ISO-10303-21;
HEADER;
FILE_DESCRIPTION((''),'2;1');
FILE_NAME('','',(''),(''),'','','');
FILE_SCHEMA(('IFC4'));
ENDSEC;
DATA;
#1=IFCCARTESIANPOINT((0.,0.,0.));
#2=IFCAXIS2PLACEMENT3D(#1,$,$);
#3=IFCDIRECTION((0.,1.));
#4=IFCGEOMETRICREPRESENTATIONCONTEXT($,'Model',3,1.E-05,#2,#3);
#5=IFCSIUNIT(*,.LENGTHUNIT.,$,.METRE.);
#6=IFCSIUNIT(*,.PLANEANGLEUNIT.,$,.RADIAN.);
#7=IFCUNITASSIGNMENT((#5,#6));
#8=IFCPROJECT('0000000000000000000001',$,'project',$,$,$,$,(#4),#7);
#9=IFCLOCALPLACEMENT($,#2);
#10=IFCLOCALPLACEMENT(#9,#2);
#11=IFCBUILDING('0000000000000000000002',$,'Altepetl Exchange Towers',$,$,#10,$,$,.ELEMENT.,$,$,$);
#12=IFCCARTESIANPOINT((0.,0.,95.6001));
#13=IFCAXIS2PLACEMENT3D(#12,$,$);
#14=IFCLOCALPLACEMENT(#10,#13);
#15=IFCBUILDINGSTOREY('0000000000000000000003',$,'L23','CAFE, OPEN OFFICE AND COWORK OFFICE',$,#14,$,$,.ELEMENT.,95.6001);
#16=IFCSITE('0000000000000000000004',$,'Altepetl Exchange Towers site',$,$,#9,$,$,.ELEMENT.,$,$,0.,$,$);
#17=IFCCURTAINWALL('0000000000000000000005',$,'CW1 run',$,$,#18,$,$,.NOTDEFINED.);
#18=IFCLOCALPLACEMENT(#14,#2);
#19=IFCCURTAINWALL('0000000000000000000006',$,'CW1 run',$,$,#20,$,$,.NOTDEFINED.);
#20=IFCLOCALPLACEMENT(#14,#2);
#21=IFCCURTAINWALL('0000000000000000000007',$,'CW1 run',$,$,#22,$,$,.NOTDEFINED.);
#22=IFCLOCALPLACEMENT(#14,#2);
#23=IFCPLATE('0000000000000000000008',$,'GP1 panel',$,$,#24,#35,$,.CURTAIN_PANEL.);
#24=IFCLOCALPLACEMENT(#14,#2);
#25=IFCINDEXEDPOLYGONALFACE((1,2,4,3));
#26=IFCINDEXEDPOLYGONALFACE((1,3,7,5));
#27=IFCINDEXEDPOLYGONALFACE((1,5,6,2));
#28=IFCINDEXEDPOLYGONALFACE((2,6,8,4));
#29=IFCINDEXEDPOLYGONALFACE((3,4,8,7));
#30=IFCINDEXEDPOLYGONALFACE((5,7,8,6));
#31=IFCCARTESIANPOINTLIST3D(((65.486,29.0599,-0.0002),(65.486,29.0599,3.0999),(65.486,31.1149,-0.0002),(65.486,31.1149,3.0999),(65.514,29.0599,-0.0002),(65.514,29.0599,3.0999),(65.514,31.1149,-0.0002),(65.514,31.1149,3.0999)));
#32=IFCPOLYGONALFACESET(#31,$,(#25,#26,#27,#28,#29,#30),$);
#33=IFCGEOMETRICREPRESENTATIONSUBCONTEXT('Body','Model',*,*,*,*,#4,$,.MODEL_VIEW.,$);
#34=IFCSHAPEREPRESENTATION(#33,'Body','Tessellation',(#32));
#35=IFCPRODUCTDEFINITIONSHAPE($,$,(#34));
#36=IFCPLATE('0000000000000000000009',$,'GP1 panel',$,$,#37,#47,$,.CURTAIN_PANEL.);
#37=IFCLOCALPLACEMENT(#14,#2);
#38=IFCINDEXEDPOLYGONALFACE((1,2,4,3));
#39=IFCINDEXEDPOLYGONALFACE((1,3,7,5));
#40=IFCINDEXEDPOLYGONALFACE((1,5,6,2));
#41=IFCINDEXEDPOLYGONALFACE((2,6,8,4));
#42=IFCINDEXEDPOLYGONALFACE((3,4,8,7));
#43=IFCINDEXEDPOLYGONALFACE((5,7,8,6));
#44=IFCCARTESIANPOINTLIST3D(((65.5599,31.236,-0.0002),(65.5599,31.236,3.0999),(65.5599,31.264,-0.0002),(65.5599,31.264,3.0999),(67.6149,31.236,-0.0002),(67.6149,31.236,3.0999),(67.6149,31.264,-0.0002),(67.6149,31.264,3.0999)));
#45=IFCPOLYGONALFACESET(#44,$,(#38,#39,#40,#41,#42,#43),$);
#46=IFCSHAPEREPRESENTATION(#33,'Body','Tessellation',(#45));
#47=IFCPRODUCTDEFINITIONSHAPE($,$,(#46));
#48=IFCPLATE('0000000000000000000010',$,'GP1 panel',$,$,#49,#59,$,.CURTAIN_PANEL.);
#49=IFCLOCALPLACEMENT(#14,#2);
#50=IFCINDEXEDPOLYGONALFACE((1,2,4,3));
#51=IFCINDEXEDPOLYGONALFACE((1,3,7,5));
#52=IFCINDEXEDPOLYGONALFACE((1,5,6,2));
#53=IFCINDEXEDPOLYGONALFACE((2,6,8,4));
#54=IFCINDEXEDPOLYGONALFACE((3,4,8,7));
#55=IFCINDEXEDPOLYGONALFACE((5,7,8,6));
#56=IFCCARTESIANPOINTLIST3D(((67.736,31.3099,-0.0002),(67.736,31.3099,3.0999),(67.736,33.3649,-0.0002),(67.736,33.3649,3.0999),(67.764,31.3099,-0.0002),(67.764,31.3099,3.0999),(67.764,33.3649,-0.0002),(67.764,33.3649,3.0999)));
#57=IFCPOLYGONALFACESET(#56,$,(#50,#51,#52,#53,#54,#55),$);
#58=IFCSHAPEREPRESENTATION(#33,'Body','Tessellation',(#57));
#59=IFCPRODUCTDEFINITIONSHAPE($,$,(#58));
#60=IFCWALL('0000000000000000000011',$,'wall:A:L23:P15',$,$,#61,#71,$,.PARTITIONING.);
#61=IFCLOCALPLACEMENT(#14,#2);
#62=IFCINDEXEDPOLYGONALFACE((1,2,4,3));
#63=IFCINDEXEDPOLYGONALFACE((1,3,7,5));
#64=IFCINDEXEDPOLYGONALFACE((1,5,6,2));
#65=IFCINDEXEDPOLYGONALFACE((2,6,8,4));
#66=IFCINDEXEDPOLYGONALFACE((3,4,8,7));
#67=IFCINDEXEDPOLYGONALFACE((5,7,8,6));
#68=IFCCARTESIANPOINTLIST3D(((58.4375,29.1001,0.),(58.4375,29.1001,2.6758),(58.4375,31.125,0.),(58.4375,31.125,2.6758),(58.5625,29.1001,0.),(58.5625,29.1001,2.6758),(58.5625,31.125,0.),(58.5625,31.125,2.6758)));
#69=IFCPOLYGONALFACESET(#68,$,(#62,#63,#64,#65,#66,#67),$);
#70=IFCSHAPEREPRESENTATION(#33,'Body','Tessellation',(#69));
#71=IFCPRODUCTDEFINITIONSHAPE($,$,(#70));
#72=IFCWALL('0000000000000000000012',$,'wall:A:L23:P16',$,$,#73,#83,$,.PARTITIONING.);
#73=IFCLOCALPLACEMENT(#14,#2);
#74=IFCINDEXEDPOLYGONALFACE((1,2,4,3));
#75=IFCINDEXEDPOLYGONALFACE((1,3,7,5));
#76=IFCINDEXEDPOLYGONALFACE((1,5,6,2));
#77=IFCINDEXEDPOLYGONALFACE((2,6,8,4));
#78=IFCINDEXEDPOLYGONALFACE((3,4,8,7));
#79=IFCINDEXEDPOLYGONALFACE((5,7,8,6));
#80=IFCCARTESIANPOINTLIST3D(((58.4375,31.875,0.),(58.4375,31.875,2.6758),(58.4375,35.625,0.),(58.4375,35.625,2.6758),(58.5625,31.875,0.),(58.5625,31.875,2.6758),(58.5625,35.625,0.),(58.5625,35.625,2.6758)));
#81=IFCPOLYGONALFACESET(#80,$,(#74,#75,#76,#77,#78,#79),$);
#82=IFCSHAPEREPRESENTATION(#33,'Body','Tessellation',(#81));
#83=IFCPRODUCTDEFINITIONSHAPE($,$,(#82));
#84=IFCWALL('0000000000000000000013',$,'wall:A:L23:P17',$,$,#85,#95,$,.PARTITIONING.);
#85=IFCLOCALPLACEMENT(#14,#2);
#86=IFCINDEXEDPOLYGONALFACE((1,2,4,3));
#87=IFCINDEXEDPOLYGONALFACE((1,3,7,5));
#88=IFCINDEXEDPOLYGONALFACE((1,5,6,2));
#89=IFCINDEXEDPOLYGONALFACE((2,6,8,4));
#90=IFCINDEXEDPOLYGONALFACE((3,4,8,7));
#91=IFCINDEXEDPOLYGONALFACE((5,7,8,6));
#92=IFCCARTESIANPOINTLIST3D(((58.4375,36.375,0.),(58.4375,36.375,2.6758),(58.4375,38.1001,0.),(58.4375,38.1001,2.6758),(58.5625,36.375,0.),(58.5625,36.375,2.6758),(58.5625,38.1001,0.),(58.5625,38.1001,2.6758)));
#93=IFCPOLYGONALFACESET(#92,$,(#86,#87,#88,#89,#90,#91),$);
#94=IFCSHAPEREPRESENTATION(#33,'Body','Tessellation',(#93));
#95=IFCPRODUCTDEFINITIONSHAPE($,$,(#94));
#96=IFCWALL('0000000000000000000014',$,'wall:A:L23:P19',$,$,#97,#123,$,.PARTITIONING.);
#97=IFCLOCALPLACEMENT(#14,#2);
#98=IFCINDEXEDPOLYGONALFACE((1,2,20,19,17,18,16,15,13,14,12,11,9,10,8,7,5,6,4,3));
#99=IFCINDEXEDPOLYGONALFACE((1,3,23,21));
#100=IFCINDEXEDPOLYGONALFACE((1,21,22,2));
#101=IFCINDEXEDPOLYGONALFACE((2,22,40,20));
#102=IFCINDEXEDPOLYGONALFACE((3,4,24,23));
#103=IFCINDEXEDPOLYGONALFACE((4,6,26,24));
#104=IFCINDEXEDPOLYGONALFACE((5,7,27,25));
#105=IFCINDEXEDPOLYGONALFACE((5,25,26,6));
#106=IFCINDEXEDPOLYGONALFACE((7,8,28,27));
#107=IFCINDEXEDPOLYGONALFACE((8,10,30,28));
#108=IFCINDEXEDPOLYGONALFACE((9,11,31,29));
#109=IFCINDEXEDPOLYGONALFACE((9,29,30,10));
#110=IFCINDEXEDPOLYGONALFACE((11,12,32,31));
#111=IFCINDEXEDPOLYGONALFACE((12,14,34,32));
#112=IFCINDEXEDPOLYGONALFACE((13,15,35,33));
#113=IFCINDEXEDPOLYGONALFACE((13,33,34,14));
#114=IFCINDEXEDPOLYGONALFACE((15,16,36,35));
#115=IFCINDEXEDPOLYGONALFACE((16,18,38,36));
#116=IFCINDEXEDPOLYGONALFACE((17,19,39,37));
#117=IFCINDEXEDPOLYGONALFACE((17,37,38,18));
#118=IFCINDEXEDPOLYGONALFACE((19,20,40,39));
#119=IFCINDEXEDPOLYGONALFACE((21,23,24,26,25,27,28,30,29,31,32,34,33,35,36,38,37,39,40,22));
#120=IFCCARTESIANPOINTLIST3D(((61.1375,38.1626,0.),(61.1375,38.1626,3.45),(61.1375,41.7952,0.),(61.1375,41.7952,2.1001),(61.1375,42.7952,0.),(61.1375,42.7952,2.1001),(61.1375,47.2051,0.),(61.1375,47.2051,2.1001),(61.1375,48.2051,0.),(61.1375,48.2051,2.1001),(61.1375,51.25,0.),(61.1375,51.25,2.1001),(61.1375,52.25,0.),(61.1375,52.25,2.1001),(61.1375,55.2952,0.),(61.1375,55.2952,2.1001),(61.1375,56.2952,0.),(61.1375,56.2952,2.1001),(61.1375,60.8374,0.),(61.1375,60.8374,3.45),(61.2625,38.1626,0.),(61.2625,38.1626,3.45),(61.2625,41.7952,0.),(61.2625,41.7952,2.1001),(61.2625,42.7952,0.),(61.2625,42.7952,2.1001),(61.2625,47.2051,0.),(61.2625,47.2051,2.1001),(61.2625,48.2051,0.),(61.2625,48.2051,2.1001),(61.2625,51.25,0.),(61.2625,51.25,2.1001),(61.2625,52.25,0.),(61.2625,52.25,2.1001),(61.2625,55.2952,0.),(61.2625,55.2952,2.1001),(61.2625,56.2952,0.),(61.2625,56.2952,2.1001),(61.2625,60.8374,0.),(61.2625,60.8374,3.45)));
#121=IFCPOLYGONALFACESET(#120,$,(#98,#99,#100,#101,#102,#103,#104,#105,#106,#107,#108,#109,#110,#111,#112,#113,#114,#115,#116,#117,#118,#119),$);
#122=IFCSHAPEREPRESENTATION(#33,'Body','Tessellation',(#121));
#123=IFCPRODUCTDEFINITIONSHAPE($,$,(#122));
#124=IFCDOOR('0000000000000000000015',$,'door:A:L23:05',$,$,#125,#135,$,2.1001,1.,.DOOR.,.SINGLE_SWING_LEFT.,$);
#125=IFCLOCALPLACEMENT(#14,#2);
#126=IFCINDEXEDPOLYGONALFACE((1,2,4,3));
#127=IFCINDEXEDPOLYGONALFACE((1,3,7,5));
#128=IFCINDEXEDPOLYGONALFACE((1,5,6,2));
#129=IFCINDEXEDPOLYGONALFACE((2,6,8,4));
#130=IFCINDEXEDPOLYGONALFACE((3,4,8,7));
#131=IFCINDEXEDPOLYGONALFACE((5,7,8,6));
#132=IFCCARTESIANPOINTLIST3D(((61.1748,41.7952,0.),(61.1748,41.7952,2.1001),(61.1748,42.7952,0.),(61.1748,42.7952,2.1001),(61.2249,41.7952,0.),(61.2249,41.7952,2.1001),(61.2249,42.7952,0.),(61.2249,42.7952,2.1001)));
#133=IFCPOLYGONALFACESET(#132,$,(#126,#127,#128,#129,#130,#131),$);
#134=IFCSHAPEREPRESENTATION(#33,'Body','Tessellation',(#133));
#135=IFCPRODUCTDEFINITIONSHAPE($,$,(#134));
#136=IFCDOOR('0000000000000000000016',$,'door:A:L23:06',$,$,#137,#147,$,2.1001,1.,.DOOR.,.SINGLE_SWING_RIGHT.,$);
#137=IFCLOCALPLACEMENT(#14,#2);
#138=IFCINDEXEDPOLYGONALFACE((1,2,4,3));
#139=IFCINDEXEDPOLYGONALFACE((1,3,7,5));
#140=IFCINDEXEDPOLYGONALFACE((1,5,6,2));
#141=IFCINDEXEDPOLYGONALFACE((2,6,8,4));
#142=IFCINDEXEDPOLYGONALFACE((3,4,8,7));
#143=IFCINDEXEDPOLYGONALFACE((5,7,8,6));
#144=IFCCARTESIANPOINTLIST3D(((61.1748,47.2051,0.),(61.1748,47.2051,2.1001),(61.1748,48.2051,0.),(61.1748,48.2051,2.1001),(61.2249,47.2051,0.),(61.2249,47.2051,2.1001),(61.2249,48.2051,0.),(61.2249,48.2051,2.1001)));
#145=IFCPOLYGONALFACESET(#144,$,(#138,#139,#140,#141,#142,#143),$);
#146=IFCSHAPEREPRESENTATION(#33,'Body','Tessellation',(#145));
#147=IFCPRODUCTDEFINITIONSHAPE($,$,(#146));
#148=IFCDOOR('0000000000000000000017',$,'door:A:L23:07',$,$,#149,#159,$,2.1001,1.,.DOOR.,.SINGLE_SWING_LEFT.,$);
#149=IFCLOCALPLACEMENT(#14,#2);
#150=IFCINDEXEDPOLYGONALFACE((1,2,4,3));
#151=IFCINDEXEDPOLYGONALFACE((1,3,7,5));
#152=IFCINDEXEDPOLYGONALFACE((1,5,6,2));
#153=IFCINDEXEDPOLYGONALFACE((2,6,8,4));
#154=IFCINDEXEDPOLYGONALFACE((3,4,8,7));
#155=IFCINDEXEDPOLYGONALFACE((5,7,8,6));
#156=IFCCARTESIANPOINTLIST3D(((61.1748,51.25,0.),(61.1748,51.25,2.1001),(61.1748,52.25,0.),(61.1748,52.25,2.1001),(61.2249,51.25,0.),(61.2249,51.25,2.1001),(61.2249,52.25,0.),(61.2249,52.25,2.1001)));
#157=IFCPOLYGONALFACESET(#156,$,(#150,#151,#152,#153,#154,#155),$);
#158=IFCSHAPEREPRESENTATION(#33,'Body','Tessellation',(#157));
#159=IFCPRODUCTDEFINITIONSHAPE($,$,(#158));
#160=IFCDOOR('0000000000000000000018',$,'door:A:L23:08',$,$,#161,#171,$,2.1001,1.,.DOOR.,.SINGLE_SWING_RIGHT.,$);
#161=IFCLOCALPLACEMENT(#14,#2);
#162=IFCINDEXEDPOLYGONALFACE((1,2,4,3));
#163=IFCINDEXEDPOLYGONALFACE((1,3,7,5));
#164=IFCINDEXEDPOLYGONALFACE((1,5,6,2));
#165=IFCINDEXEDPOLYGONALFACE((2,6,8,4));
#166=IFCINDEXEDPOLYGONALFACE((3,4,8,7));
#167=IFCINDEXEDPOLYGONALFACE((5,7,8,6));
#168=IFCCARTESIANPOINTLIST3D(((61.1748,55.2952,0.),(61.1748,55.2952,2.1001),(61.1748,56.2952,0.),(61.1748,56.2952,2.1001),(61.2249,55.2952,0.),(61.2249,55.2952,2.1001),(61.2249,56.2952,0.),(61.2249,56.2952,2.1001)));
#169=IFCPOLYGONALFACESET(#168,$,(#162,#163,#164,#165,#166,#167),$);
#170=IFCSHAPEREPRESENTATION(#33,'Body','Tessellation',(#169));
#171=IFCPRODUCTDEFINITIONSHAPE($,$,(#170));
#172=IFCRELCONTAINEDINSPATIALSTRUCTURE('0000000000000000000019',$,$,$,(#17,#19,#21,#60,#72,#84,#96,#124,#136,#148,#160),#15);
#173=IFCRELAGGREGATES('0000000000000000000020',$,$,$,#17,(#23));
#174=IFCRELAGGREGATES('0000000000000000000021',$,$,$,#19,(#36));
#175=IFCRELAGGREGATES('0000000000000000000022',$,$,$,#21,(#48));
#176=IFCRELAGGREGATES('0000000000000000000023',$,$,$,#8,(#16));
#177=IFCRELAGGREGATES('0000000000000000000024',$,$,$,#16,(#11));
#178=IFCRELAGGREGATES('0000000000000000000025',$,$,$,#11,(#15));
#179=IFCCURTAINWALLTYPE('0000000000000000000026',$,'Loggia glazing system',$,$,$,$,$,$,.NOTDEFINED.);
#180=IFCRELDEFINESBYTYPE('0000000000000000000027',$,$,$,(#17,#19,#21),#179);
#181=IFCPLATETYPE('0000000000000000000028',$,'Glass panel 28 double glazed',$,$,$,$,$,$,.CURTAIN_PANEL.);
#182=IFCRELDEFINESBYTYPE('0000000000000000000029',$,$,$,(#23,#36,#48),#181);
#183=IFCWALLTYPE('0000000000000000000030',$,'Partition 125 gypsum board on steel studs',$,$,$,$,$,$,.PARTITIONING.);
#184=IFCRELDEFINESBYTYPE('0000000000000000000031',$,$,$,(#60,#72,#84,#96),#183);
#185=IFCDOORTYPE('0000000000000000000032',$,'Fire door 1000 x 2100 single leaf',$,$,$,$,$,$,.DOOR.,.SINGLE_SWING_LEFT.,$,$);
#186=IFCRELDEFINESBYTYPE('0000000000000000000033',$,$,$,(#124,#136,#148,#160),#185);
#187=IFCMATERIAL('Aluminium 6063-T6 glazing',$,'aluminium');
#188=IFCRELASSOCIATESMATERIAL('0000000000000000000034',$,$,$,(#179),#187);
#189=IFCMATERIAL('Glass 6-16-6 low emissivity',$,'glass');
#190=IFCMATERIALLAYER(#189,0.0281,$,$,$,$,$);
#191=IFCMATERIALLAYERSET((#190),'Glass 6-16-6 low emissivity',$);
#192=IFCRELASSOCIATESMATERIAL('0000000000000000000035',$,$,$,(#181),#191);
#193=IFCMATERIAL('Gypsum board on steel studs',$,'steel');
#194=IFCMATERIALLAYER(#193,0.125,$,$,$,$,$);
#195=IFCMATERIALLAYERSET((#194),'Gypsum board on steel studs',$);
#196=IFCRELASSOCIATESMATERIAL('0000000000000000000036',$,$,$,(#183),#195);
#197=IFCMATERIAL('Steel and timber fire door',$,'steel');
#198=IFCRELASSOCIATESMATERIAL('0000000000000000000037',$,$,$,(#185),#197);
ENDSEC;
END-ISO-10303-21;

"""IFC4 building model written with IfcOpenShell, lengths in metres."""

from ifc_helpers import new_model, si_unit, direction, frame, frame_2d, origin, origin_2d, place, context, subcontext, project, spatial, rectangle, extrude, material, layer, layer_set, type_object, element, fill, aggregate, save


model = new_model("IFC4")

# Units and contexts
model_context = context("Model", 3, precision=1e-05, world=origin(), true_north=direction((0.0, 1.0)))
body_context = subcontext(model_context, "Body", "Model", "MODEL_VIEW")
ifc_project = project(units=[si_unit("LENGTHUNIT", "METRE"), si_unit("PLANEANGLEUNIT", "RADIAN")], contexts=[model_context])

# Site, building, storey
site_placement = place(None, origin())
site = spatial("IfcSite", under=ifc_project, at=site_placement, Name="Altepetl Exchange Towers site", CompositionType="ELEMENT", RefElevation=0.0)
building_placement = place(site_placement, origin())
building = spatial("IfcBuilding", under=site, at=building_placement, Name="Altepetl Exchange Towers", CompositionType="ELEMENT")
storey_placement = place(building_placement, frame((0.0, 0.0, 95.6001)))
storey = spatial("IfcBuildingStorey", under=building, at=storey_placement, Name="L23", Description="CAFE, OPEN OFFICE AND COWORK OFFICE", CompositionType="ELEMENT", Elevation=95.6001)

# Curtain walls
ifc_material_1 = material(Name="Aluminium 6063-T6 glazing", Category="aluminium")
curtain_wall_type = type_object("IfcCurtainWallType", Name="Loggia glazing system", PredefinedType="NOTDEFINED", material=ifc_material_1)
curtain_wall_1_placement = place(storey_placement, origin())
curtain_wall_1 = element("IfcCurtainWall", 1, at=curtain_wall_1_placement, inside=storey, type_object=curtain_wall_type, Name="CW1 run", PredefinedType="NOTDEFINED")
curtain_wall_2_placement = place(storey_placement, origin())
curtain_wall_2 = element("IfcCurtainWall", 2, at=curtain_wall_2_placement, inside=storey, type_object=curtain_wall_type, Name="CW1 run", PredefinedType="NOTDEFINED")
curtain_wall_3_placement = place(storey_placement, origin())
curtain_wall_3 = element("IfcCurtainWall", 3, at=curtain_wall_3_placement, inside=storey, type_object=curtain_wall_type, Name="CW1 run", PredefinedType="NOTDEFINED")

# Plates
ifc_material_2 = material(Name="Glass 6-16-6 low emissivity", Category="glass")
ifc_layer_1 = layer(ifc_material_2, 0.0281)
ifc_layer_set_1 = layer_set([ifc_layer_1], Name="Glass 6-16-6 low emissivity")
plate_type = type_object("IfcPlateType", Name="Glass panel 28 double glazed", PredefinedType="CURTAIN_PANEL", material=ifc_layer_set_1)
plate_1_placement = place(storey_placement, frame((65.5, 30.0874, -0.0002), z_axis=(0.0, 0.0, 1.0), x_axis=(0.0, 1.0, 0.0)))
plate_1 = element("IfcPlate", 4, at=plate_1_placement, type_object=plate_type, Name="GP1 panel", PredefinedType="CURTAIN_PANEL", context=body_context, shape_type="SweptSolid", body=[
    extrude(rectangle(XDim=2.0549, YDim=0.0281, at=origin_2d()), origin(), (0.0, 0.0, 1.0), 3.1001),
])
aggregate(curtain_wall_1, [plate_1])
plate_2_placement = place(storey_placement, frame((66.5874, 31.25, -0.0002)))
plate_2 = element("IfcPlate", 5, at=plate_2_placement, type_object=plate_type, Name="GP1 panel", PredefinedType="CURTAIN_PANEL", context=body_context, shape_type="SweptSolid", body=[
    extrude(rectangle(XDim=2.0549, YDim=0.0281, at=origin_2d()), origin(), (0.0, 0.0, 1.0), 3.1001),
])
aggregate(curtain_wall_2, [plate_2])
plate_3_placement = place(storey_placement, frame((67.75, 32.3374, -0.0002), z_axis=(0.0, 0.0, 1.0), x_axis=(0.0, 1.0, 0.0)))
plate_3 = element("IfcPlate", 6, at=plate_3_placement, type_object=plate_type, Name="GP1 panel", PredefinedType="CURTAIN_PANEL", context=body_context, shape_type="SweptSolid", body=[
    extrude(rectangle(XDim=2.0549, YDim=0.0281, at=origin_2d()), origin(), (0.0, 0.0, 1.0), 3.1001),
])
aggregate(curtain_wall_3, [plate_3])

# Walls
ifc_material_3 = material(Name="Gypsum board on steel studs", Category="steel")
ifc_layer_2 = layer(ifc_material_3, 0.125)
ifc_layer_set_2 = layer_set([ifc_layer_2], Name="Gypsum board on steel studs")
wall_type = type_object("IfcWallType", Name="Partition 125 gypsum board on steel studs", PredefinedType="PARTITIONING", material=ifc_layer_set_2)
wall_1_placement = place(storey_placement, frame((58.5, 29.1001, 0.0), z_axis=(0.0, 0.0, 1.0), x_axis=(0.0, 1.0, 0.0)))
element("IfcWall", 7, at=wall_1_placement, inside=storey, type_object=wall_type, Name="wall:A:L23:P15", PredefinedType="PARTITIONING", context=body_context, shape_type="SweptSolid", body=[
    extrude(rectangle(XDim=2.0249, YDim=0.125, at=frame_2d((1.0125, 0.0))), origin(), (0.0, 0.0, 1.0), 2.6758),
])
wall_2_placement = place(storey_placement, frame((58.5, 31.875, 0.0), z_axis=(0.0, 0.0, 1.0), x_axis=(0.0, 1.0, 0.0)))
element("IfcWall", 8, at=wall_2_placement, inside=storey, type_object=wall_type, Name="wall:A:L23:P16", PredefinedType="PARTITIONING", context=body_context, shape_type="SweptSolid", body=[
    extrude(rectangle(XDim=3.75, YDim=0.125, at=frame_2d((1.875, 0.0))), origin(), (0.0, 0.0, 1.0), 2.6758),
])
wall_3_placement = place(storey_placement, frame((58.5, 36.375, 0.0), z_axis=(0.0, 0.0, 1.0), x_axis=(0.0, 1.0, 0.0)))
element("IfcWall", 9, at=wall_3_placement, inside=storey, type_object=wall_type, Name="wall:A:L23:P17", PredefinedType="PARTITIONING", context=body_context, shape_type="SweptSolid", body=[
    extrude(rectangle(XDim=1.7251, YDim=0.125, at=frame_2d((0.8625, 0.0))), origin(), (0.0, 0.0, 1.0), 2.6758),
])

# Wall, openings, doors
wall_4_placement = place(storey_placement, frame((61.2, 38.1626, 0.0), z_axis=(0.0, 0.0, 1.0), x_axis=(0.0, 1.0, 0.0)))
wall_4 = element("IfcWall", 10, at=wall_4_placement, inside=storey, type_object=wall_type, Name="wall:A:L23:P19", PredefinedType="PARTITIONING", context=body_context, shape_type="SweptSolid", body=[
    extrude(rectangle(XDim=22.6748, YDim=0.125, at=frame_2d((11.3374, 0.0))), origin(), (0.0, 0.0, 1.0), 3.45),
])
opening_1_placement = place(wall_4_placement, frame((3.6326, 0.0, 0.0)))
opening_1 = element("IfcOpeningElement", 11, at=opening_1_placement, cuts=wall_4, PredefinedType="OPENING", context=body_context, shape_type="SweptSolid", body=[
    extrude(rectangle(XDim=1.0, YDim=2.1001, at=frame_2d((0.5, 1.05))), frame((0.0, 0.0725, 0.0), z_axis=(0.0, -1.0, 0.0), x_axis=(1.0, 0.0, 0.0)), (0.0, 0.0, 1.0), 0.145),
])
opening_2_placement = place(wall_4_placement, frame((9.0425, 0.0, 0.0)))
opening_2 = element("IfcOpeningElement", 12, at=opening_2_placement, cuts=wall_4, PredefinedType="OPENING", context=body_context, shape_type="SweptSolid", body=[
    extrude(rectangle(XDim=1.0, YDim=2.1001, at=frame_2d((0.5, 1.05))), frame((0.0, 0.0725, 0.0), z_axis=(0.0, -1.0, 0.0), x_axis=(1.0, 0.0, 0.0)), (0.0, 0.0, 1.0), 0.145),
])
opening_3_placement = place(wall_4_placement, frame((13.0874, 0.0, 0.0)))
opening_3 = element("IfcOpeningElement", 13, at=opening_3_placement, cuts=wall_4, PredefinedType="OPENING", context=body_context, shape_type="SweptSolid", body=[
    extrude(rectangle(XDim=1.0, YDim=2.1001, at=frame_2d((0.5, 1.05))), frame((0.0, 0.0725, 0.0), z_axis=(0.0, -1.0, 0.0), x_axis=(1.0, 0.0, 0.0)), (0.0, 0.0, 1.0), 0.145),
])
opening_4_placement = place(wall_4_placement, frame((17.1326, 0.0, 0.0)))
opening_4 = element("IfcOpeningElement", 14, at=opening_4_placement, cuts=wall_4, PredefinedType="OPENING", context=body_context, shape_type="SweptSolid", body=[
    extrude(rectangle(XDim=1.0, YDim=2.1001, at=frame_2d((0.5, 1.05))), frame((0.0, 0.0725, 0.0), z_axis=(0.0, -1.0, 0.0), x_axis=(1.0, 0.0, 0.0)), (0.0, 0.0, 1.0), 0.145),
])
ifc_material_4 = material(Name="Steel and timber fire door", Category="steel")
door_type = type_object("IfcDoorType", Name="Fire door 1000 x 2100 single leaf", OperationType="SINGLE_SWING_LEFT", PredefinedType="DOOR", material=ifc_material_4)
door_1_placement = place(opening_1_placement, frame((1.0, 0.0, 0.0), x_axis=(-1.0, 0.0, 0.0)))
door_1 = element("IfcDoor", 15, at=door_1_placement, inside=storey, type_object=door_type, Name="door:A:L23:05", OperationType="SINGLE_SWING_LEFT", OverallHeight=2.1001, OverallWidth=1.0, PredefinedType="DOOR", context=body_context, shape_type="SweptSolid", body=[
    extrude(rectangle(XDim=1.0, YDim=2.1001, at=frame_2d((0.5, 1.05))), frame((0.0, 0.0249, 0.0), z_axis=(0.0, -1.0, 0.0), x_axis=(1.0, 0.0, 0.0)), (0.0, 0.0, 1.0), 0.05),
])
fill(opening_1, door_1)
door_2_placement = place(opening_2_placement, frame((1.0, 0.0, 0.0), x_axis=(-1.0, 0.0, 0.0)))
door_2 = element("IfcDoor", 16, at=door_2_placement, inside=storey, type_object=door_type, Name="door:A:L23:06", OperationType="SINGLE_SWING_RIGHT", OverallHeight=2.1001, OverallWidth=1.0, PredefinedType="DOOR", context=body_context, shape_type="SweptSolid", body=[
    extrude(rectangle(XDim=1.0, YDim=2.1001, at=frame_2d((0.5, 1.05))), frame((0.0, 0.0249, 0.0), z_axis=(0.0, -1.0, 0.0), x_axis=(1.0, 0.0, 0.0)), (0.0, 0.0, 1.0), 0.05),
])
fill(opening_2, door_2)
door_3_placement = place(opening_3_placement, frame((1.0, 0.0, 0.0), x_axis=(-1.0, 0.0, 0.0)))
door_3 = element("IfcDoor", 17, at=door_3_placement, inside=storey, type_object=door_type, Name="door:A:L23:07", OperationType="SINGLE_SWING_LEFT", OverallHeight=2.1001, OverallWidth=1.0, PredefinedType="DOOR", context=body_context, shape_type="SweptSolid", body=[
    extrude(rectangle(XDim=1.0, YDim=2.1001, at=frame_2d((0.5, 1.05))), frame((0.0, 0.0249, 0.0), z_axis=(0.0, -1.0, 0.0), x_axis=(1.0, 0.0, 0.0)), (0.0, 0.0, 1.0), 0.05),
])
fill(opening_3, door_3)
door_4_placement = place(opening_4_placement, frame((1.0, 0.0, 0.0), x_axis=(-1.0, 0.0, 0.0)))
door_4 = element("IfcDoor", 18, at=door_4_placement, inside=storey, type_object=door_type, Name="door:A:L23:08", OperationType="SINGLE_SWING_RIGHT", OverallHeight=2.1001, OverallWidth=1.0, PredefinedType="DOOR", context=body_context, shape_type="SweptSolid", body=[
    extrude(rectangle(XDim=1.0, YDim=2.1001, at=frame_2d((0.5, 1.05))), frame((0.0, 0.0249, 0.0), z_axis=(0.0, -1.0, 0.0), x_axis=(1.0, 0.0, 0.0)), (0.0, 0.0, 1.0), 0.05),
])
fill(opening_4, door_4)

save(model, "model.ifc")
